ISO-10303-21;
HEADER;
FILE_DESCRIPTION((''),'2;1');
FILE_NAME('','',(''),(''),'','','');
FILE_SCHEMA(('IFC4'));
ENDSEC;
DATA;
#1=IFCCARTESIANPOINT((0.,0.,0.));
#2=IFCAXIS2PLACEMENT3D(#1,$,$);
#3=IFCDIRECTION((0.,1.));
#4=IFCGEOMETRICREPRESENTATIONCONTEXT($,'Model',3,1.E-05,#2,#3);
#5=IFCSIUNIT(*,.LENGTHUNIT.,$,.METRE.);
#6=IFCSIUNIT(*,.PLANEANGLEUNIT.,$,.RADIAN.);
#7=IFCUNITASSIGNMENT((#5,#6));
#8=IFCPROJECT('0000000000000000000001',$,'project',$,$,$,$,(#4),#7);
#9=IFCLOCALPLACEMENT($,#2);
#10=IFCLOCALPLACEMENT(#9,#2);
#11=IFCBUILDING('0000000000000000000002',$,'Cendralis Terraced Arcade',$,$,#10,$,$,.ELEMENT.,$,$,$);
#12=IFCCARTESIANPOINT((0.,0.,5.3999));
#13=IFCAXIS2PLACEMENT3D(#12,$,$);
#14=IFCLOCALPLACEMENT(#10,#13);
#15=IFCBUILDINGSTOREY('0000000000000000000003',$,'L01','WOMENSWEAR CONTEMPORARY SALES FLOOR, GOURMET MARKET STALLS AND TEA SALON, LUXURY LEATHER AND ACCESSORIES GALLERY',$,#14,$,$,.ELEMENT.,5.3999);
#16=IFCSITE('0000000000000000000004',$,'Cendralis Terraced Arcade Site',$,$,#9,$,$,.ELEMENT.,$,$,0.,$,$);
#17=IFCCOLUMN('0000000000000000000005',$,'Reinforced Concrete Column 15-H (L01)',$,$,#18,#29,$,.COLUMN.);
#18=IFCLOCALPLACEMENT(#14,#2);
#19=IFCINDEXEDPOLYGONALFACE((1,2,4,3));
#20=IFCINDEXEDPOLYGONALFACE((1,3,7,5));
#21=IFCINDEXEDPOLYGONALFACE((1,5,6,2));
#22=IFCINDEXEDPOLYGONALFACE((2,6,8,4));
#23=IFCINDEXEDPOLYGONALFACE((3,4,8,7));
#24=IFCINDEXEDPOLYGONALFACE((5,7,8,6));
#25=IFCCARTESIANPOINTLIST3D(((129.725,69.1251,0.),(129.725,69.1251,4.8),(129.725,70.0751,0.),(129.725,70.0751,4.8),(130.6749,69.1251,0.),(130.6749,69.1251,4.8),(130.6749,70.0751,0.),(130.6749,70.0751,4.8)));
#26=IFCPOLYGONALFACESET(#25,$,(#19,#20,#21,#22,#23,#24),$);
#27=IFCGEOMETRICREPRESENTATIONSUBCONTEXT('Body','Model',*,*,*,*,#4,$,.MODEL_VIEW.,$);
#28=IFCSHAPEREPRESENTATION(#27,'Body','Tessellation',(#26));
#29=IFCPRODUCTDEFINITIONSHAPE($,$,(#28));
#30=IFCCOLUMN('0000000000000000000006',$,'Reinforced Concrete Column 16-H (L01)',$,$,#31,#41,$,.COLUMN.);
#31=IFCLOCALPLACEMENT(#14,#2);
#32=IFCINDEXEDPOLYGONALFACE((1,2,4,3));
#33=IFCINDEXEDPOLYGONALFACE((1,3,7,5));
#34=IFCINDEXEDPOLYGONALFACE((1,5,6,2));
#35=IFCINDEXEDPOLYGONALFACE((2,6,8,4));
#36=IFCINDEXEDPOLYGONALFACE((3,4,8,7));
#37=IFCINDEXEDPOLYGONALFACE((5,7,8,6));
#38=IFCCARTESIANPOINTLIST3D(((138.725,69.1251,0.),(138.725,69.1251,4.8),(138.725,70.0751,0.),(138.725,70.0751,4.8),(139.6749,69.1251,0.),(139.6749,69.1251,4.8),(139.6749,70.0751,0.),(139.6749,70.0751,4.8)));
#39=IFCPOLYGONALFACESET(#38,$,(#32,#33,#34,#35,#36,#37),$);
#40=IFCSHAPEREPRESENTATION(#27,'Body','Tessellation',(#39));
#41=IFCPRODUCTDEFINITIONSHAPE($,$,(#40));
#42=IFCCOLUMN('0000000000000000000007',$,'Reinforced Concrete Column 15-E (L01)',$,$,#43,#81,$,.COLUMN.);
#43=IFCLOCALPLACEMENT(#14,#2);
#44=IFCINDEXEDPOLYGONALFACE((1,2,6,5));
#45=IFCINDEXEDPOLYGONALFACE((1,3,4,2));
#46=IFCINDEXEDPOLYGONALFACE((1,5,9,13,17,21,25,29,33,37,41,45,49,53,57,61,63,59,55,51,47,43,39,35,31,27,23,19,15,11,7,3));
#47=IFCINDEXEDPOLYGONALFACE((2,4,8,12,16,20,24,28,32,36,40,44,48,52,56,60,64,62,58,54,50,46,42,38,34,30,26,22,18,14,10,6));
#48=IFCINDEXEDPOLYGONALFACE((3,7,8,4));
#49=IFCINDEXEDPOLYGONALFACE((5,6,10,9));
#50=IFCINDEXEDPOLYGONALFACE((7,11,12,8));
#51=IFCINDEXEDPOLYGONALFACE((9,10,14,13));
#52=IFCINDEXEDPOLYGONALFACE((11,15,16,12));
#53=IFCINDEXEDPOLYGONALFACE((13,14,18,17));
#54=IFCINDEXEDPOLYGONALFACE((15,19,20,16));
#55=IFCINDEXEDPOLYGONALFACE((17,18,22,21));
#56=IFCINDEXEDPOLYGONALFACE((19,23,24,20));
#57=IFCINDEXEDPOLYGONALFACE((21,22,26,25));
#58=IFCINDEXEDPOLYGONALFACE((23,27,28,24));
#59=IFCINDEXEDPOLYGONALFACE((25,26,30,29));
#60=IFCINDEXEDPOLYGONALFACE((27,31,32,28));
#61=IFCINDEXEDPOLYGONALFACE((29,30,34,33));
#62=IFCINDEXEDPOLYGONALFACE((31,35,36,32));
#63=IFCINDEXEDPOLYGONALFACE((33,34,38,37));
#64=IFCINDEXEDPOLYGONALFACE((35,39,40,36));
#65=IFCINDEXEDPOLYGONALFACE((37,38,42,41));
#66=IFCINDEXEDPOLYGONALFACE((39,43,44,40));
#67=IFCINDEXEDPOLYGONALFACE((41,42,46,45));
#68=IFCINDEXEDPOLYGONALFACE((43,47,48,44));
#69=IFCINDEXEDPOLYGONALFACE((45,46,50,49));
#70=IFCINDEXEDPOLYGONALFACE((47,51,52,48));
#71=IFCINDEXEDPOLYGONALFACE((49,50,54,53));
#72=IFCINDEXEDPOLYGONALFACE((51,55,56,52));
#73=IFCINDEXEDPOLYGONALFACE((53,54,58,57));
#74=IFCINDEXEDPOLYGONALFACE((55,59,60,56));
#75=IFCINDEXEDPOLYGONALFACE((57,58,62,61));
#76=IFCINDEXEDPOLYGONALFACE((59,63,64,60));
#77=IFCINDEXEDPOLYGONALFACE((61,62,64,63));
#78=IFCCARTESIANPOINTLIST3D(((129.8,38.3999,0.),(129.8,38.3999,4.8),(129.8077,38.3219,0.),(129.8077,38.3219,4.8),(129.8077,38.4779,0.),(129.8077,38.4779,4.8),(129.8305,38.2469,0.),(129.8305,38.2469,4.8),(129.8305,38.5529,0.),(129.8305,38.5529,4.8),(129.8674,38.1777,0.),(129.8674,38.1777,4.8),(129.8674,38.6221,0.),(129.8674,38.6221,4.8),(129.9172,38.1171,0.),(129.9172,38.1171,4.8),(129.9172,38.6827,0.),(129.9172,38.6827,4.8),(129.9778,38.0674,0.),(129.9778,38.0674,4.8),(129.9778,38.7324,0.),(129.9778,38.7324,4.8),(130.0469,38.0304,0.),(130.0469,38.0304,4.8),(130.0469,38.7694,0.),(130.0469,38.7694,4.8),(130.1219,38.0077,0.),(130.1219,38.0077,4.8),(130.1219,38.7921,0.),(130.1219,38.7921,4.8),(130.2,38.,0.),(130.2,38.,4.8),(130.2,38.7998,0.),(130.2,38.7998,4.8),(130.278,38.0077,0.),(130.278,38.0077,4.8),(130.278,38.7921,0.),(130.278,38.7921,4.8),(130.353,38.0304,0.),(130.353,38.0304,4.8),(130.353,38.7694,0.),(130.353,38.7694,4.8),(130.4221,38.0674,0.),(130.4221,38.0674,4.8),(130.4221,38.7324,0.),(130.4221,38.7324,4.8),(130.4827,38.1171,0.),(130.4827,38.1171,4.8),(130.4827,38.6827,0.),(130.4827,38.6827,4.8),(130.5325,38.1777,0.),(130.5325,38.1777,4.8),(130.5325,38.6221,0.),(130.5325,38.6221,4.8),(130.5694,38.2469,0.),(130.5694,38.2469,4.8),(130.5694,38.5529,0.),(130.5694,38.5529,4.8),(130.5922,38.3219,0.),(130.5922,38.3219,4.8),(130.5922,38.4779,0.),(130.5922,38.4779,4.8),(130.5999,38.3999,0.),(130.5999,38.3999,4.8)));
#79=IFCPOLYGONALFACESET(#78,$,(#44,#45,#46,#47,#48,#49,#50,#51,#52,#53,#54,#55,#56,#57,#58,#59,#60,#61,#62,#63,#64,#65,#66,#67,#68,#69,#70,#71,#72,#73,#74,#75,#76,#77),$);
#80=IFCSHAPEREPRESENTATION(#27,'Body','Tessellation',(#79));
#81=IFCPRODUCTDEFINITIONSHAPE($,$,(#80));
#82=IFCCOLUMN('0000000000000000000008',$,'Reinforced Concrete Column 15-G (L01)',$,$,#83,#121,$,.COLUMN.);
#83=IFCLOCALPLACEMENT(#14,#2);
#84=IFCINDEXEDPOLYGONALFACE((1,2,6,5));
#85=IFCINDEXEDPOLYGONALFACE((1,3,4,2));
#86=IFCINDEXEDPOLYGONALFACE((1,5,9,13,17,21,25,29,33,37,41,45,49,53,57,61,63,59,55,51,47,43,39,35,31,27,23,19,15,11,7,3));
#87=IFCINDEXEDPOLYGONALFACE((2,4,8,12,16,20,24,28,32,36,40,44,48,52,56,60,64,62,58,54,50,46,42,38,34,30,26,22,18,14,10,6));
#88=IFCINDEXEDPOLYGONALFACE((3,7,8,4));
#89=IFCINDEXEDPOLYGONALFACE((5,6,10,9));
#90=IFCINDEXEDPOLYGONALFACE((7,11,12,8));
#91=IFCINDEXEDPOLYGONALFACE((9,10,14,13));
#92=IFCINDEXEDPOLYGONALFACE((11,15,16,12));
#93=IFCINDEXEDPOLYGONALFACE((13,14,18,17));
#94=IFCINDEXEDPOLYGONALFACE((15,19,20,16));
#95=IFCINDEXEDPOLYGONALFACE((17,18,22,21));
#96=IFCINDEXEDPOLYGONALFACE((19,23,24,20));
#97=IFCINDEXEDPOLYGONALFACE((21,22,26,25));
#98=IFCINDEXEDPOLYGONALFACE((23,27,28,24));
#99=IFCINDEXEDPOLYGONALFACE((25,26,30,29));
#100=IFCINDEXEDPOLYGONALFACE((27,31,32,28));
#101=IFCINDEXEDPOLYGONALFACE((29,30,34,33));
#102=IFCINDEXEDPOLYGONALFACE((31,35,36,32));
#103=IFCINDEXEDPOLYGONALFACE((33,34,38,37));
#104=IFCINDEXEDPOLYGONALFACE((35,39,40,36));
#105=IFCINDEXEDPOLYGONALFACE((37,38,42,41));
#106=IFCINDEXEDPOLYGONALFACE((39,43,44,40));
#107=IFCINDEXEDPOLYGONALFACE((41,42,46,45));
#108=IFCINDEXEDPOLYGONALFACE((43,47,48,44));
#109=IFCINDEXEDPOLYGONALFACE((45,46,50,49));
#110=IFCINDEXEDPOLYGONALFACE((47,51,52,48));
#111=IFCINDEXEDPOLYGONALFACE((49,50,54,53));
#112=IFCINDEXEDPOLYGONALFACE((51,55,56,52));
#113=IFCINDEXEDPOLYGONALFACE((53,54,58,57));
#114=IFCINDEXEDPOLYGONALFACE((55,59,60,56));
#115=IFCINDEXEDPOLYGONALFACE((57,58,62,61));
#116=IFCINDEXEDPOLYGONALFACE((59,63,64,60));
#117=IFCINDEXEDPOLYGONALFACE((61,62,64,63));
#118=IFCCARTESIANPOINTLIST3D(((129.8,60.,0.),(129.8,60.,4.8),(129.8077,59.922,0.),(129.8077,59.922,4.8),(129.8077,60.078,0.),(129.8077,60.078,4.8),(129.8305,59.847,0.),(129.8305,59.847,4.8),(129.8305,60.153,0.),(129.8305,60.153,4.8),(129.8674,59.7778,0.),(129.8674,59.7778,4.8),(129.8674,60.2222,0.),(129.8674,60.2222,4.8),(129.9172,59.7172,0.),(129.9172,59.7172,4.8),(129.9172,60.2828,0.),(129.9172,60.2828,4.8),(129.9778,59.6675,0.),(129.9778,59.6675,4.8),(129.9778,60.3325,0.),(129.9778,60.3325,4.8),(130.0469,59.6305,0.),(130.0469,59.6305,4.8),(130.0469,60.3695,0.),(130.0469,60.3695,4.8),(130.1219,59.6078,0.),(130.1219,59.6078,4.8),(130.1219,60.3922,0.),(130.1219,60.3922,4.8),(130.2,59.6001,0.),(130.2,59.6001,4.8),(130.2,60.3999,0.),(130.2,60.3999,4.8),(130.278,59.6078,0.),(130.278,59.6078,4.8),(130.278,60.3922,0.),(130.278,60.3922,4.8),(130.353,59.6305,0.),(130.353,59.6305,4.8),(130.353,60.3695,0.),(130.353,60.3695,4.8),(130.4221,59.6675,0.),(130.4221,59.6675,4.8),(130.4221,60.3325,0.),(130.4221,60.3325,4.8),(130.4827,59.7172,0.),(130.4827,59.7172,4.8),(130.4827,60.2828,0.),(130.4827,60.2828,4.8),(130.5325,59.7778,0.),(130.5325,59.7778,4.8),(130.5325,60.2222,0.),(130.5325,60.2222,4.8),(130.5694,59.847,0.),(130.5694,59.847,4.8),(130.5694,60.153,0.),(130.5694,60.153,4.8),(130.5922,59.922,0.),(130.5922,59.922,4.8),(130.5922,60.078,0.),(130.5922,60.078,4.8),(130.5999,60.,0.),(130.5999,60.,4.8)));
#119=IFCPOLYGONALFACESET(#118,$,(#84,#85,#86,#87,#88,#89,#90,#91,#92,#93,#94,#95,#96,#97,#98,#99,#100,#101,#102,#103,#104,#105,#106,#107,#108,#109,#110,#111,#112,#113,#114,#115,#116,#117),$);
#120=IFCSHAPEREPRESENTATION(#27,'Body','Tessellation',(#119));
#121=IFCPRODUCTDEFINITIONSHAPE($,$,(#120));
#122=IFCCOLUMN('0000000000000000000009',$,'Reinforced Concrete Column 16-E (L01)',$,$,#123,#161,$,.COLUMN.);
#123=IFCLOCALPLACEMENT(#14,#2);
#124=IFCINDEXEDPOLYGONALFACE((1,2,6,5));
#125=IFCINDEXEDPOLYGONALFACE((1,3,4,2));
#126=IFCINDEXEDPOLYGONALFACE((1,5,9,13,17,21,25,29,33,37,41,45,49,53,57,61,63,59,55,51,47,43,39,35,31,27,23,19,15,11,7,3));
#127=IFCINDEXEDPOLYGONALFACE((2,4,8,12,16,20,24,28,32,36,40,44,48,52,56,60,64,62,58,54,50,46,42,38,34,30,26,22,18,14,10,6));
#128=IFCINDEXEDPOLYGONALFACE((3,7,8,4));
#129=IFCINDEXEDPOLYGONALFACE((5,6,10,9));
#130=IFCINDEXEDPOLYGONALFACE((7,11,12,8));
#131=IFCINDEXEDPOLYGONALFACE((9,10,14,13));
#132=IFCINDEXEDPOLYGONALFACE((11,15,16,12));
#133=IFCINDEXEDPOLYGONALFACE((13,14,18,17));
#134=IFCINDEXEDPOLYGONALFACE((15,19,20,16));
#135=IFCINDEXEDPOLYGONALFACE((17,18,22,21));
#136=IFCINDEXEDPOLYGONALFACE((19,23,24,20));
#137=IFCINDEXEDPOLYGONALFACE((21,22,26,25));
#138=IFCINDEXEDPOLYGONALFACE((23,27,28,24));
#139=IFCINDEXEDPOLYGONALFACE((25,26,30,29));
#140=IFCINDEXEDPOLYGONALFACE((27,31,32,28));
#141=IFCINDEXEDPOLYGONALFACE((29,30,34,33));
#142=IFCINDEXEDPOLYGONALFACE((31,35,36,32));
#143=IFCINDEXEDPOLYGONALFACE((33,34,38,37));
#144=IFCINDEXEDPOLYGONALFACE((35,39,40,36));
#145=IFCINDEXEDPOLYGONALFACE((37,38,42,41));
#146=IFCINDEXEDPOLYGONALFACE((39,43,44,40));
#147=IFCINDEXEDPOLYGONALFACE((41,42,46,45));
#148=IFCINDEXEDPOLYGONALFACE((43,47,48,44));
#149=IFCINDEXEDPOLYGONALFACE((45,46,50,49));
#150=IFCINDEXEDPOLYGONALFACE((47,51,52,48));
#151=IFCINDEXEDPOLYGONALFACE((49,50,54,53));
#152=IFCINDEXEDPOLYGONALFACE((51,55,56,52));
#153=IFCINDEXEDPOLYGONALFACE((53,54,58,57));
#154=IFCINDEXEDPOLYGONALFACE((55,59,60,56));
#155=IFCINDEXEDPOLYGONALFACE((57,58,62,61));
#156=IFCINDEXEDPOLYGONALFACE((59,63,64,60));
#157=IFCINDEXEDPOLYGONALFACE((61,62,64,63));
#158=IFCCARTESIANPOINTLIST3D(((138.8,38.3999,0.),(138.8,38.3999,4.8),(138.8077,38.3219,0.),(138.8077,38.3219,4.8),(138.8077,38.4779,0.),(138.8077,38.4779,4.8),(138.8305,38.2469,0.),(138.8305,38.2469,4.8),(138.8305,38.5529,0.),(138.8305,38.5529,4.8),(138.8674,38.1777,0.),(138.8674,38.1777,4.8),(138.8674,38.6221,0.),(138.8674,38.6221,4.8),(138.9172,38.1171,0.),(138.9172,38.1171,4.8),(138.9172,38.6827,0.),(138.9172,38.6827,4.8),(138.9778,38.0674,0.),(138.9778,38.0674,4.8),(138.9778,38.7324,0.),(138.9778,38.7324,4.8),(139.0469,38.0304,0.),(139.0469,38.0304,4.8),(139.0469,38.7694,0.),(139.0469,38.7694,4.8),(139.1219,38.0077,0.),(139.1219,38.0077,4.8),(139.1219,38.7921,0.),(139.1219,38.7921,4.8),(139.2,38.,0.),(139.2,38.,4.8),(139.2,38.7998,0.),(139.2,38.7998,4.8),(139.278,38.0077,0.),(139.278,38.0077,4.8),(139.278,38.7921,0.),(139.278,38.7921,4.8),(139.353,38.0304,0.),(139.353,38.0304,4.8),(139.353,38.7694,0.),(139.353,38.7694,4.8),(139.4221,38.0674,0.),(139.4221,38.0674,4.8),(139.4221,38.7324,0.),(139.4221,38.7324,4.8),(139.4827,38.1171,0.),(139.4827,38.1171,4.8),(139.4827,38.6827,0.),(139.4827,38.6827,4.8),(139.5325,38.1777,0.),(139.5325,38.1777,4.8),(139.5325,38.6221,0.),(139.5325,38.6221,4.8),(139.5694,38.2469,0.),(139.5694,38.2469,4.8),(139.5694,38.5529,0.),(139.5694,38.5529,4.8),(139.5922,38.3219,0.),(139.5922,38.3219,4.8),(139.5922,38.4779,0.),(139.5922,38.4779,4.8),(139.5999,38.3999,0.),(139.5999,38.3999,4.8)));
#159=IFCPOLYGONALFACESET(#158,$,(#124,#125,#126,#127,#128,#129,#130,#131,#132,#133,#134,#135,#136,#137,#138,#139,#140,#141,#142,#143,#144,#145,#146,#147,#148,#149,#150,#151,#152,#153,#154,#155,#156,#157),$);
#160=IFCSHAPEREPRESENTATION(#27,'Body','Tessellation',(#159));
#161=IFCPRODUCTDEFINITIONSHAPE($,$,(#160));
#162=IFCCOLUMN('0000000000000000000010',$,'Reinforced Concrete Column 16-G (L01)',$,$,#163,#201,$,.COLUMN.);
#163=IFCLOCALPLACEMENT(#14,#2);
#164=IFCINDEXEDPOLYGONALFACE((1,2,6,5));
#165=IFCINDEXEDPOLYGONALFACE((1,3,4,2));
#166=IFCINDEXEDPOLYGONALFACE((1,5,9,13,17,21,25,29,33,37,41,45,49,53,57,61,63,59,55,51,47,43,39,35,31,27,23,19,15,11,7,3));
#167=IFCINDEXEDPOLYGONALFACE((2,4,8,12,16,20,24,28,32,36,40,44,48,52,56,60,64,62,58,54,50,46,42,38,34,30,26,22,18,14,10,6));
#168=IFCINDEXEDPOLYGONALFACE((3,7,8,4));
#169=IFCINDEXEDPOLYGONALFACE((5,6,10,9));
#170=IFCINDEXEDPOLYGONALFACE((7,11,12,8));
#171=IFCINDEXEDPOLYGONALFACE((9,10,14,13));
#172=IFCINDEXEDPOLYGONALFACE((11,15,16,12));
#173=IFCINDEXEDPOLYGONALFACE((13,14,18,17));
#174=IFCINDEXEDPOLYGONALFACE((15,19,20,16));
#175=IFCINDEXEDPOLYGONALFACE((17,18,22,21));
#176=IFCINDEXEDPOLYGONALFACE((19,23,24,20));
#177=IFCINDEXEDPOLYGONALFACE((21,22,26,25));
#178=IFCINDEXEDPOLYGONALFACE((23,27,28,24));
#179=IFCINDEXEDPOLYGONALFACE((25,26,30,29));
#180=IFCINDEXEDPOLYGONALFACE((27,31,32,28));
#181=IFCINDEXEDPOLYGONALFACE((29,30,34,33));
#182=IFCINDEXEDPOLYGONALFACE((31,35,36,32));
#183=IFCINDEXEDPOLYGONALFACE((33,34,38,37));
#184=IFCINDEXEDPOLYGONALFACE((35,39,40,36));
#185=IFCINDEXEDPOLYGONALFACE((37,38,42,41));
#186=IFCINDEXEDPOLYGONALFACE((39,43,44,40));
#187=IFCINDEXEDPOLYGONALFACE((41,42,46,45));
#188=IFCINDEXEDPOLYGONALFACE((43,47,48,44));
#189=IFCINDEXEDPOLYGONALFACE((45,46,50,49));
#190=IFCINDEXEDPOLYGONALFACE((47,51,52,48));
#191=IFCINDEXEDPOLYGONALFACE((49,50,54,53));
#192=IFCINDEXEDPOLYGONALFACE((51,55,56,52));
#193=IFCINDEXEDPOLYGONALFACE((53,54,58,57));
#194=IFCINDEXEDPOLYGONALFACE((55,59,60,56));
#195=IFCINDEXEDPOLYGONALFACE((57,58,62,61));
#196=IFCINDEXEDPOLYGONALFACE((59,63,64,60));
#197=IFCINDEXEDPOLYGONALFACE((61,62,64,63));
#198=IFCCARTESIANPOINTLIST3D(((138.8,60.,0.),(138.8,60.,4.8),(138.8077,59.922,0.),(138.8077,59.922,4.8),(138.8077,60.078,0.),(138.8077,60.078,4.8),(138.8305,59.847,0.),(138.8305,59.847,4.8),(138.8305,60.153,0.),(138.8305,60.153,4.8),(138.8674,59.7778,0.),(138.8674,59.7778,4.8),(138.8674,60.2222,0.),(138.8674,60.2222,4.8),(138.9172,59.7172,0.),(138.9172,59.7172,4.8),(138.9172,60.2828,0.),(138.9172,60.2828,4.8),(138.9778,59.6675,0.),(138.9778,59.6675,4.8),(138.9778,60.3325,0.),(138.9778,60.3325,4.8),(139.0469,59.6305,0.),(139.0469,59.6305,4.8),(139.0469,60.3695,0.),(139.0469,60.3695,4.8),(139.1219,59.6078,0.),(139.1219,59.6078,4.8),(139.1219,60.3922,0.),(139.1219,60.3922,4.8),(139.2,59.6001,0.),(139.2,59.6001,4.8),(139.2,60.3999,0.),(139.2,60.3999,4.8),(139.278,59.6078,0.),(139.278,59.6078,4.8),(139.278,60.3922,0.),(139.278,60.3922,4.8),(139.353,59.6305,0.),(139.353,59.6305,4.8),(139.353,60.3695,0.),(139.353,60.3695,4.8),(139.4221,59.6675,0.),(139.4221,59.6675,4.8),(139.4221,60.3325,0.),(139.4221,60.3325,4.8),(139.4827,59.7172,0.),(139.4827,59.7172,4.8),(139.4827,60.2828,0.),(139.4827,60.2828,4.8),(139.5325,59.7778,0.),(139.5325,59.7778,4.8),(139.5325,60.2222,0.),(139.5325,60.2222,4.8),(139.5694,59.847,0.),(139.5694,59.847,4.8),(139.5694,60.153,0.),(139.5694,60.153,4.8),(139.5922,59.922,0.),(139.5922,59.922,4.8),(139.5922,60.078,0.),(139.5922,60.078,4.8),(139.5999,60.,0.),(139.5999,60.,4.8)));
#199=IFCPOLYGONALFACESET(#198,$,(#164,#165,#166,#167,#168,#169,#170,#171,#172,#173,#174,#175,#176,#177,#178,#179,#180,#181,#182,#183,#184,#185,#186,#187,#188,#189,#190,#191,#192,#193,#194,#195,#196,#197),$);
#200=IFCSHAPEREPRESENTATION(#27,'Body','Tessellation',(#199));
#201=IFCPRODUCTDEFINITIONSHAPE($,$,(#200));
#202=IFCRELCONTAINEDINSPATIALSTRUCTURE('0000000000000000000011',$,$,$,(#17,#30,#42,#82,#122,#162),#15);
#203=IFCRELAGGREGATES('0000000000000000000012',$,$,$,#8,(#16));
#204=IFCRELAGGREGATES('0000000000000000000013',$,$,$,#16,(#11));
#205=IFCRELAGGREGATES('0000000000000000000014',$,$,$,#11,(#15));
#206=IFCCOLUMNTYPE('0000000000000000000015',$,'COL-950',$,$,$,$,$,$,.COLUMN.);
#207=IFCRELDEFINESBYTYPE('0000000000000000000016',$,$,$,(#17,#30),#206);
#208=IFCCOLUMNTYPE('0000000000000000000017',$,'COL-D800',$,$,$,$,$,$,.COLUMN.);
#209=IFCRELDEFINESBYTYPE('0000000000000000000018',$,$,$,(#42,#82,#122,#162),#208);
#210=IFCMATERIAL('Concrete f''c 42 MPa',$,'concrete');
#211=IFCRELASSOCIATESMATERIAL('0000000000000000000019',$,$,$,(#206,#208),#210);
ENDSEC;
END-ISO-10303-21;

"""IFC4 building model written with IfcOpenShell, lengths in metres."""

from ifc_helpers import new_model, si_unit, direction, frame, origin, origin_2d, place, context, subcontext, project, spatial, rectangle, circle, extrude, material, material_profile, profile_set, type_object, element, save


model = new_model("IFC4")

# Units and contexts
model_context = context("Model", 3, precision=1e-05, world=origin(), true_north=direction((0.0, 1.0)))
body_context = subcontext(model_context, "Body", "Model", "MODEL_VIEW")
ifc_project = project(units=[si_unit("LENGTHUNIT", "METRE"), si_unit("PLANEANGLEUNIT", "RADIAN")], contexts=[model_context])

# Site, building, storey
site_placement = place(None, origin())
site = spatial("IfcSite", under=ifc_project, at=site_placement, Name="Cendralis Terraced Arcade Site", CompositionType="ELEMENT", RefElevation=0.0)
building_placement = place(site_placement, origin())
building = spatial("IfcBuilding", under=site, at=building_placement, Name="Cendralis Terraced Arcade", CompositionType="ELEMENT")
storey_placement = place(building_placement, frame((0.0, 0.0, 5.3999)))
storey = spatial("IfcBuildingStorey", under=building, at=storey_placement, Name="L01", Description="WOMENSWEAR CONTEMPORARY SALES FLOOR, GOURMET MARKET STALLS AND TEA SALON, LUXURY LEATHER AND ACCESSORIES GALLERY", CompositionType="ELEMENT", Elevation=5.3999)

# Columns
ifc_material_1 = material(Name="Concrete f'c 42 MPa", Category="concrete")
ifc_material_profile_1 = material_profile(ifc_material_1, rectangle(XDim=0.95, YDim=0.95, at=origin_2d()), Name="RC-COL-950x950", Category="LoadBearing")
ifc_profile_set_1 = profile_set([ifc_material_profile_1], Name="Concrete f'c 42 MPa")
column_type_1 = type_object("IfcColumnType", Name="COL-950", PredefinedType="COLUMN", material=ifc_profile_set_1)
for number, where, z_axis, x_axis, name in (
    (1, (130.2, 69.6001, 0.0), (0.0, 0.0, 1.0), (1.0, 0.0, 0.0), "Reinforced Concrete Column 15-H (L01)"),
    (2, (139.2, 69.6001, 0.0), (0.0, 0.0, 1.0), (1.0, 0.0, 0.0), "Reinforced Concrete Column 16-H (L01)"),
):
    element("IfcColumn", number, at=place(storey_placement, frame(where, z_axis=z_axis, x_axis=x_axis)), inside=storey, type_object=column_type_1, Name=name, PredefinedType="COLUMN", context=body_context, shape_type="SweptSolid", body=[
        extrude(rectangle(XDim=0.95, YDim=0.95, at=origin_2d()), origin(), (0.0, 0.0, 1.0), 4.8),
    ])
ifc_material_profile_2 = material_profile(ifc_material_1, circle(Radius=0.3999, at=origin_2d()), Name="RC-COL-D800", Category="LoadBearing")
ifc_profile_set_2 = profile_set([ifc_material_profile_2], Name="Concrete f'c 42 MPa")
column_type_2 = type_object("IfcColumnType", Name="COL-D800", PredefinedType="COLUMN", material=ifc_profile_set_2)
for number, where, z_axis, x_axis, name in (
    (3, (130.2, 38.3999, 0.0), (0.0, 0.0, 1.0), (1.0, 0.0, 0.0), "Reinforced Concrete Column 15-E (L01)"),
    (4, (130.2, 60.0, 0.0), (0.0, 0.0, 1.0), (1.0, 0.0, 0.0), "Reinforced Concrete Column 15-G (L01)"),
    (5, (139.2, 38.3999, 0.0), (0.0, 0.0, 1.0), (1.0, 0.0, 0.0), "Reinforced Concrete Column 16-E (L01)"),
    (6, (139.2, 60.0, 0.0), (0.0, 0.0, 1.0), (1.0, 0.0, 0.0), "Reinforced Concrete Column 16-G (L01)"),
):
    element("IfcColumn", number, at=place(storey_placement, frame(where, z_axis=z_axis, x_axis=x_axis)), inside=storey, type_object=column_type_2, Name=name, PredefinedType="COLUMN", context=body_context, shape_type="SweptSolid", body=[
        extrude(circle(Radius=0.3999, at=origin_2d()), origin(), (0.0, 0.0, 1.0), 4.8),
    ])

save(model, "model.ifc")
